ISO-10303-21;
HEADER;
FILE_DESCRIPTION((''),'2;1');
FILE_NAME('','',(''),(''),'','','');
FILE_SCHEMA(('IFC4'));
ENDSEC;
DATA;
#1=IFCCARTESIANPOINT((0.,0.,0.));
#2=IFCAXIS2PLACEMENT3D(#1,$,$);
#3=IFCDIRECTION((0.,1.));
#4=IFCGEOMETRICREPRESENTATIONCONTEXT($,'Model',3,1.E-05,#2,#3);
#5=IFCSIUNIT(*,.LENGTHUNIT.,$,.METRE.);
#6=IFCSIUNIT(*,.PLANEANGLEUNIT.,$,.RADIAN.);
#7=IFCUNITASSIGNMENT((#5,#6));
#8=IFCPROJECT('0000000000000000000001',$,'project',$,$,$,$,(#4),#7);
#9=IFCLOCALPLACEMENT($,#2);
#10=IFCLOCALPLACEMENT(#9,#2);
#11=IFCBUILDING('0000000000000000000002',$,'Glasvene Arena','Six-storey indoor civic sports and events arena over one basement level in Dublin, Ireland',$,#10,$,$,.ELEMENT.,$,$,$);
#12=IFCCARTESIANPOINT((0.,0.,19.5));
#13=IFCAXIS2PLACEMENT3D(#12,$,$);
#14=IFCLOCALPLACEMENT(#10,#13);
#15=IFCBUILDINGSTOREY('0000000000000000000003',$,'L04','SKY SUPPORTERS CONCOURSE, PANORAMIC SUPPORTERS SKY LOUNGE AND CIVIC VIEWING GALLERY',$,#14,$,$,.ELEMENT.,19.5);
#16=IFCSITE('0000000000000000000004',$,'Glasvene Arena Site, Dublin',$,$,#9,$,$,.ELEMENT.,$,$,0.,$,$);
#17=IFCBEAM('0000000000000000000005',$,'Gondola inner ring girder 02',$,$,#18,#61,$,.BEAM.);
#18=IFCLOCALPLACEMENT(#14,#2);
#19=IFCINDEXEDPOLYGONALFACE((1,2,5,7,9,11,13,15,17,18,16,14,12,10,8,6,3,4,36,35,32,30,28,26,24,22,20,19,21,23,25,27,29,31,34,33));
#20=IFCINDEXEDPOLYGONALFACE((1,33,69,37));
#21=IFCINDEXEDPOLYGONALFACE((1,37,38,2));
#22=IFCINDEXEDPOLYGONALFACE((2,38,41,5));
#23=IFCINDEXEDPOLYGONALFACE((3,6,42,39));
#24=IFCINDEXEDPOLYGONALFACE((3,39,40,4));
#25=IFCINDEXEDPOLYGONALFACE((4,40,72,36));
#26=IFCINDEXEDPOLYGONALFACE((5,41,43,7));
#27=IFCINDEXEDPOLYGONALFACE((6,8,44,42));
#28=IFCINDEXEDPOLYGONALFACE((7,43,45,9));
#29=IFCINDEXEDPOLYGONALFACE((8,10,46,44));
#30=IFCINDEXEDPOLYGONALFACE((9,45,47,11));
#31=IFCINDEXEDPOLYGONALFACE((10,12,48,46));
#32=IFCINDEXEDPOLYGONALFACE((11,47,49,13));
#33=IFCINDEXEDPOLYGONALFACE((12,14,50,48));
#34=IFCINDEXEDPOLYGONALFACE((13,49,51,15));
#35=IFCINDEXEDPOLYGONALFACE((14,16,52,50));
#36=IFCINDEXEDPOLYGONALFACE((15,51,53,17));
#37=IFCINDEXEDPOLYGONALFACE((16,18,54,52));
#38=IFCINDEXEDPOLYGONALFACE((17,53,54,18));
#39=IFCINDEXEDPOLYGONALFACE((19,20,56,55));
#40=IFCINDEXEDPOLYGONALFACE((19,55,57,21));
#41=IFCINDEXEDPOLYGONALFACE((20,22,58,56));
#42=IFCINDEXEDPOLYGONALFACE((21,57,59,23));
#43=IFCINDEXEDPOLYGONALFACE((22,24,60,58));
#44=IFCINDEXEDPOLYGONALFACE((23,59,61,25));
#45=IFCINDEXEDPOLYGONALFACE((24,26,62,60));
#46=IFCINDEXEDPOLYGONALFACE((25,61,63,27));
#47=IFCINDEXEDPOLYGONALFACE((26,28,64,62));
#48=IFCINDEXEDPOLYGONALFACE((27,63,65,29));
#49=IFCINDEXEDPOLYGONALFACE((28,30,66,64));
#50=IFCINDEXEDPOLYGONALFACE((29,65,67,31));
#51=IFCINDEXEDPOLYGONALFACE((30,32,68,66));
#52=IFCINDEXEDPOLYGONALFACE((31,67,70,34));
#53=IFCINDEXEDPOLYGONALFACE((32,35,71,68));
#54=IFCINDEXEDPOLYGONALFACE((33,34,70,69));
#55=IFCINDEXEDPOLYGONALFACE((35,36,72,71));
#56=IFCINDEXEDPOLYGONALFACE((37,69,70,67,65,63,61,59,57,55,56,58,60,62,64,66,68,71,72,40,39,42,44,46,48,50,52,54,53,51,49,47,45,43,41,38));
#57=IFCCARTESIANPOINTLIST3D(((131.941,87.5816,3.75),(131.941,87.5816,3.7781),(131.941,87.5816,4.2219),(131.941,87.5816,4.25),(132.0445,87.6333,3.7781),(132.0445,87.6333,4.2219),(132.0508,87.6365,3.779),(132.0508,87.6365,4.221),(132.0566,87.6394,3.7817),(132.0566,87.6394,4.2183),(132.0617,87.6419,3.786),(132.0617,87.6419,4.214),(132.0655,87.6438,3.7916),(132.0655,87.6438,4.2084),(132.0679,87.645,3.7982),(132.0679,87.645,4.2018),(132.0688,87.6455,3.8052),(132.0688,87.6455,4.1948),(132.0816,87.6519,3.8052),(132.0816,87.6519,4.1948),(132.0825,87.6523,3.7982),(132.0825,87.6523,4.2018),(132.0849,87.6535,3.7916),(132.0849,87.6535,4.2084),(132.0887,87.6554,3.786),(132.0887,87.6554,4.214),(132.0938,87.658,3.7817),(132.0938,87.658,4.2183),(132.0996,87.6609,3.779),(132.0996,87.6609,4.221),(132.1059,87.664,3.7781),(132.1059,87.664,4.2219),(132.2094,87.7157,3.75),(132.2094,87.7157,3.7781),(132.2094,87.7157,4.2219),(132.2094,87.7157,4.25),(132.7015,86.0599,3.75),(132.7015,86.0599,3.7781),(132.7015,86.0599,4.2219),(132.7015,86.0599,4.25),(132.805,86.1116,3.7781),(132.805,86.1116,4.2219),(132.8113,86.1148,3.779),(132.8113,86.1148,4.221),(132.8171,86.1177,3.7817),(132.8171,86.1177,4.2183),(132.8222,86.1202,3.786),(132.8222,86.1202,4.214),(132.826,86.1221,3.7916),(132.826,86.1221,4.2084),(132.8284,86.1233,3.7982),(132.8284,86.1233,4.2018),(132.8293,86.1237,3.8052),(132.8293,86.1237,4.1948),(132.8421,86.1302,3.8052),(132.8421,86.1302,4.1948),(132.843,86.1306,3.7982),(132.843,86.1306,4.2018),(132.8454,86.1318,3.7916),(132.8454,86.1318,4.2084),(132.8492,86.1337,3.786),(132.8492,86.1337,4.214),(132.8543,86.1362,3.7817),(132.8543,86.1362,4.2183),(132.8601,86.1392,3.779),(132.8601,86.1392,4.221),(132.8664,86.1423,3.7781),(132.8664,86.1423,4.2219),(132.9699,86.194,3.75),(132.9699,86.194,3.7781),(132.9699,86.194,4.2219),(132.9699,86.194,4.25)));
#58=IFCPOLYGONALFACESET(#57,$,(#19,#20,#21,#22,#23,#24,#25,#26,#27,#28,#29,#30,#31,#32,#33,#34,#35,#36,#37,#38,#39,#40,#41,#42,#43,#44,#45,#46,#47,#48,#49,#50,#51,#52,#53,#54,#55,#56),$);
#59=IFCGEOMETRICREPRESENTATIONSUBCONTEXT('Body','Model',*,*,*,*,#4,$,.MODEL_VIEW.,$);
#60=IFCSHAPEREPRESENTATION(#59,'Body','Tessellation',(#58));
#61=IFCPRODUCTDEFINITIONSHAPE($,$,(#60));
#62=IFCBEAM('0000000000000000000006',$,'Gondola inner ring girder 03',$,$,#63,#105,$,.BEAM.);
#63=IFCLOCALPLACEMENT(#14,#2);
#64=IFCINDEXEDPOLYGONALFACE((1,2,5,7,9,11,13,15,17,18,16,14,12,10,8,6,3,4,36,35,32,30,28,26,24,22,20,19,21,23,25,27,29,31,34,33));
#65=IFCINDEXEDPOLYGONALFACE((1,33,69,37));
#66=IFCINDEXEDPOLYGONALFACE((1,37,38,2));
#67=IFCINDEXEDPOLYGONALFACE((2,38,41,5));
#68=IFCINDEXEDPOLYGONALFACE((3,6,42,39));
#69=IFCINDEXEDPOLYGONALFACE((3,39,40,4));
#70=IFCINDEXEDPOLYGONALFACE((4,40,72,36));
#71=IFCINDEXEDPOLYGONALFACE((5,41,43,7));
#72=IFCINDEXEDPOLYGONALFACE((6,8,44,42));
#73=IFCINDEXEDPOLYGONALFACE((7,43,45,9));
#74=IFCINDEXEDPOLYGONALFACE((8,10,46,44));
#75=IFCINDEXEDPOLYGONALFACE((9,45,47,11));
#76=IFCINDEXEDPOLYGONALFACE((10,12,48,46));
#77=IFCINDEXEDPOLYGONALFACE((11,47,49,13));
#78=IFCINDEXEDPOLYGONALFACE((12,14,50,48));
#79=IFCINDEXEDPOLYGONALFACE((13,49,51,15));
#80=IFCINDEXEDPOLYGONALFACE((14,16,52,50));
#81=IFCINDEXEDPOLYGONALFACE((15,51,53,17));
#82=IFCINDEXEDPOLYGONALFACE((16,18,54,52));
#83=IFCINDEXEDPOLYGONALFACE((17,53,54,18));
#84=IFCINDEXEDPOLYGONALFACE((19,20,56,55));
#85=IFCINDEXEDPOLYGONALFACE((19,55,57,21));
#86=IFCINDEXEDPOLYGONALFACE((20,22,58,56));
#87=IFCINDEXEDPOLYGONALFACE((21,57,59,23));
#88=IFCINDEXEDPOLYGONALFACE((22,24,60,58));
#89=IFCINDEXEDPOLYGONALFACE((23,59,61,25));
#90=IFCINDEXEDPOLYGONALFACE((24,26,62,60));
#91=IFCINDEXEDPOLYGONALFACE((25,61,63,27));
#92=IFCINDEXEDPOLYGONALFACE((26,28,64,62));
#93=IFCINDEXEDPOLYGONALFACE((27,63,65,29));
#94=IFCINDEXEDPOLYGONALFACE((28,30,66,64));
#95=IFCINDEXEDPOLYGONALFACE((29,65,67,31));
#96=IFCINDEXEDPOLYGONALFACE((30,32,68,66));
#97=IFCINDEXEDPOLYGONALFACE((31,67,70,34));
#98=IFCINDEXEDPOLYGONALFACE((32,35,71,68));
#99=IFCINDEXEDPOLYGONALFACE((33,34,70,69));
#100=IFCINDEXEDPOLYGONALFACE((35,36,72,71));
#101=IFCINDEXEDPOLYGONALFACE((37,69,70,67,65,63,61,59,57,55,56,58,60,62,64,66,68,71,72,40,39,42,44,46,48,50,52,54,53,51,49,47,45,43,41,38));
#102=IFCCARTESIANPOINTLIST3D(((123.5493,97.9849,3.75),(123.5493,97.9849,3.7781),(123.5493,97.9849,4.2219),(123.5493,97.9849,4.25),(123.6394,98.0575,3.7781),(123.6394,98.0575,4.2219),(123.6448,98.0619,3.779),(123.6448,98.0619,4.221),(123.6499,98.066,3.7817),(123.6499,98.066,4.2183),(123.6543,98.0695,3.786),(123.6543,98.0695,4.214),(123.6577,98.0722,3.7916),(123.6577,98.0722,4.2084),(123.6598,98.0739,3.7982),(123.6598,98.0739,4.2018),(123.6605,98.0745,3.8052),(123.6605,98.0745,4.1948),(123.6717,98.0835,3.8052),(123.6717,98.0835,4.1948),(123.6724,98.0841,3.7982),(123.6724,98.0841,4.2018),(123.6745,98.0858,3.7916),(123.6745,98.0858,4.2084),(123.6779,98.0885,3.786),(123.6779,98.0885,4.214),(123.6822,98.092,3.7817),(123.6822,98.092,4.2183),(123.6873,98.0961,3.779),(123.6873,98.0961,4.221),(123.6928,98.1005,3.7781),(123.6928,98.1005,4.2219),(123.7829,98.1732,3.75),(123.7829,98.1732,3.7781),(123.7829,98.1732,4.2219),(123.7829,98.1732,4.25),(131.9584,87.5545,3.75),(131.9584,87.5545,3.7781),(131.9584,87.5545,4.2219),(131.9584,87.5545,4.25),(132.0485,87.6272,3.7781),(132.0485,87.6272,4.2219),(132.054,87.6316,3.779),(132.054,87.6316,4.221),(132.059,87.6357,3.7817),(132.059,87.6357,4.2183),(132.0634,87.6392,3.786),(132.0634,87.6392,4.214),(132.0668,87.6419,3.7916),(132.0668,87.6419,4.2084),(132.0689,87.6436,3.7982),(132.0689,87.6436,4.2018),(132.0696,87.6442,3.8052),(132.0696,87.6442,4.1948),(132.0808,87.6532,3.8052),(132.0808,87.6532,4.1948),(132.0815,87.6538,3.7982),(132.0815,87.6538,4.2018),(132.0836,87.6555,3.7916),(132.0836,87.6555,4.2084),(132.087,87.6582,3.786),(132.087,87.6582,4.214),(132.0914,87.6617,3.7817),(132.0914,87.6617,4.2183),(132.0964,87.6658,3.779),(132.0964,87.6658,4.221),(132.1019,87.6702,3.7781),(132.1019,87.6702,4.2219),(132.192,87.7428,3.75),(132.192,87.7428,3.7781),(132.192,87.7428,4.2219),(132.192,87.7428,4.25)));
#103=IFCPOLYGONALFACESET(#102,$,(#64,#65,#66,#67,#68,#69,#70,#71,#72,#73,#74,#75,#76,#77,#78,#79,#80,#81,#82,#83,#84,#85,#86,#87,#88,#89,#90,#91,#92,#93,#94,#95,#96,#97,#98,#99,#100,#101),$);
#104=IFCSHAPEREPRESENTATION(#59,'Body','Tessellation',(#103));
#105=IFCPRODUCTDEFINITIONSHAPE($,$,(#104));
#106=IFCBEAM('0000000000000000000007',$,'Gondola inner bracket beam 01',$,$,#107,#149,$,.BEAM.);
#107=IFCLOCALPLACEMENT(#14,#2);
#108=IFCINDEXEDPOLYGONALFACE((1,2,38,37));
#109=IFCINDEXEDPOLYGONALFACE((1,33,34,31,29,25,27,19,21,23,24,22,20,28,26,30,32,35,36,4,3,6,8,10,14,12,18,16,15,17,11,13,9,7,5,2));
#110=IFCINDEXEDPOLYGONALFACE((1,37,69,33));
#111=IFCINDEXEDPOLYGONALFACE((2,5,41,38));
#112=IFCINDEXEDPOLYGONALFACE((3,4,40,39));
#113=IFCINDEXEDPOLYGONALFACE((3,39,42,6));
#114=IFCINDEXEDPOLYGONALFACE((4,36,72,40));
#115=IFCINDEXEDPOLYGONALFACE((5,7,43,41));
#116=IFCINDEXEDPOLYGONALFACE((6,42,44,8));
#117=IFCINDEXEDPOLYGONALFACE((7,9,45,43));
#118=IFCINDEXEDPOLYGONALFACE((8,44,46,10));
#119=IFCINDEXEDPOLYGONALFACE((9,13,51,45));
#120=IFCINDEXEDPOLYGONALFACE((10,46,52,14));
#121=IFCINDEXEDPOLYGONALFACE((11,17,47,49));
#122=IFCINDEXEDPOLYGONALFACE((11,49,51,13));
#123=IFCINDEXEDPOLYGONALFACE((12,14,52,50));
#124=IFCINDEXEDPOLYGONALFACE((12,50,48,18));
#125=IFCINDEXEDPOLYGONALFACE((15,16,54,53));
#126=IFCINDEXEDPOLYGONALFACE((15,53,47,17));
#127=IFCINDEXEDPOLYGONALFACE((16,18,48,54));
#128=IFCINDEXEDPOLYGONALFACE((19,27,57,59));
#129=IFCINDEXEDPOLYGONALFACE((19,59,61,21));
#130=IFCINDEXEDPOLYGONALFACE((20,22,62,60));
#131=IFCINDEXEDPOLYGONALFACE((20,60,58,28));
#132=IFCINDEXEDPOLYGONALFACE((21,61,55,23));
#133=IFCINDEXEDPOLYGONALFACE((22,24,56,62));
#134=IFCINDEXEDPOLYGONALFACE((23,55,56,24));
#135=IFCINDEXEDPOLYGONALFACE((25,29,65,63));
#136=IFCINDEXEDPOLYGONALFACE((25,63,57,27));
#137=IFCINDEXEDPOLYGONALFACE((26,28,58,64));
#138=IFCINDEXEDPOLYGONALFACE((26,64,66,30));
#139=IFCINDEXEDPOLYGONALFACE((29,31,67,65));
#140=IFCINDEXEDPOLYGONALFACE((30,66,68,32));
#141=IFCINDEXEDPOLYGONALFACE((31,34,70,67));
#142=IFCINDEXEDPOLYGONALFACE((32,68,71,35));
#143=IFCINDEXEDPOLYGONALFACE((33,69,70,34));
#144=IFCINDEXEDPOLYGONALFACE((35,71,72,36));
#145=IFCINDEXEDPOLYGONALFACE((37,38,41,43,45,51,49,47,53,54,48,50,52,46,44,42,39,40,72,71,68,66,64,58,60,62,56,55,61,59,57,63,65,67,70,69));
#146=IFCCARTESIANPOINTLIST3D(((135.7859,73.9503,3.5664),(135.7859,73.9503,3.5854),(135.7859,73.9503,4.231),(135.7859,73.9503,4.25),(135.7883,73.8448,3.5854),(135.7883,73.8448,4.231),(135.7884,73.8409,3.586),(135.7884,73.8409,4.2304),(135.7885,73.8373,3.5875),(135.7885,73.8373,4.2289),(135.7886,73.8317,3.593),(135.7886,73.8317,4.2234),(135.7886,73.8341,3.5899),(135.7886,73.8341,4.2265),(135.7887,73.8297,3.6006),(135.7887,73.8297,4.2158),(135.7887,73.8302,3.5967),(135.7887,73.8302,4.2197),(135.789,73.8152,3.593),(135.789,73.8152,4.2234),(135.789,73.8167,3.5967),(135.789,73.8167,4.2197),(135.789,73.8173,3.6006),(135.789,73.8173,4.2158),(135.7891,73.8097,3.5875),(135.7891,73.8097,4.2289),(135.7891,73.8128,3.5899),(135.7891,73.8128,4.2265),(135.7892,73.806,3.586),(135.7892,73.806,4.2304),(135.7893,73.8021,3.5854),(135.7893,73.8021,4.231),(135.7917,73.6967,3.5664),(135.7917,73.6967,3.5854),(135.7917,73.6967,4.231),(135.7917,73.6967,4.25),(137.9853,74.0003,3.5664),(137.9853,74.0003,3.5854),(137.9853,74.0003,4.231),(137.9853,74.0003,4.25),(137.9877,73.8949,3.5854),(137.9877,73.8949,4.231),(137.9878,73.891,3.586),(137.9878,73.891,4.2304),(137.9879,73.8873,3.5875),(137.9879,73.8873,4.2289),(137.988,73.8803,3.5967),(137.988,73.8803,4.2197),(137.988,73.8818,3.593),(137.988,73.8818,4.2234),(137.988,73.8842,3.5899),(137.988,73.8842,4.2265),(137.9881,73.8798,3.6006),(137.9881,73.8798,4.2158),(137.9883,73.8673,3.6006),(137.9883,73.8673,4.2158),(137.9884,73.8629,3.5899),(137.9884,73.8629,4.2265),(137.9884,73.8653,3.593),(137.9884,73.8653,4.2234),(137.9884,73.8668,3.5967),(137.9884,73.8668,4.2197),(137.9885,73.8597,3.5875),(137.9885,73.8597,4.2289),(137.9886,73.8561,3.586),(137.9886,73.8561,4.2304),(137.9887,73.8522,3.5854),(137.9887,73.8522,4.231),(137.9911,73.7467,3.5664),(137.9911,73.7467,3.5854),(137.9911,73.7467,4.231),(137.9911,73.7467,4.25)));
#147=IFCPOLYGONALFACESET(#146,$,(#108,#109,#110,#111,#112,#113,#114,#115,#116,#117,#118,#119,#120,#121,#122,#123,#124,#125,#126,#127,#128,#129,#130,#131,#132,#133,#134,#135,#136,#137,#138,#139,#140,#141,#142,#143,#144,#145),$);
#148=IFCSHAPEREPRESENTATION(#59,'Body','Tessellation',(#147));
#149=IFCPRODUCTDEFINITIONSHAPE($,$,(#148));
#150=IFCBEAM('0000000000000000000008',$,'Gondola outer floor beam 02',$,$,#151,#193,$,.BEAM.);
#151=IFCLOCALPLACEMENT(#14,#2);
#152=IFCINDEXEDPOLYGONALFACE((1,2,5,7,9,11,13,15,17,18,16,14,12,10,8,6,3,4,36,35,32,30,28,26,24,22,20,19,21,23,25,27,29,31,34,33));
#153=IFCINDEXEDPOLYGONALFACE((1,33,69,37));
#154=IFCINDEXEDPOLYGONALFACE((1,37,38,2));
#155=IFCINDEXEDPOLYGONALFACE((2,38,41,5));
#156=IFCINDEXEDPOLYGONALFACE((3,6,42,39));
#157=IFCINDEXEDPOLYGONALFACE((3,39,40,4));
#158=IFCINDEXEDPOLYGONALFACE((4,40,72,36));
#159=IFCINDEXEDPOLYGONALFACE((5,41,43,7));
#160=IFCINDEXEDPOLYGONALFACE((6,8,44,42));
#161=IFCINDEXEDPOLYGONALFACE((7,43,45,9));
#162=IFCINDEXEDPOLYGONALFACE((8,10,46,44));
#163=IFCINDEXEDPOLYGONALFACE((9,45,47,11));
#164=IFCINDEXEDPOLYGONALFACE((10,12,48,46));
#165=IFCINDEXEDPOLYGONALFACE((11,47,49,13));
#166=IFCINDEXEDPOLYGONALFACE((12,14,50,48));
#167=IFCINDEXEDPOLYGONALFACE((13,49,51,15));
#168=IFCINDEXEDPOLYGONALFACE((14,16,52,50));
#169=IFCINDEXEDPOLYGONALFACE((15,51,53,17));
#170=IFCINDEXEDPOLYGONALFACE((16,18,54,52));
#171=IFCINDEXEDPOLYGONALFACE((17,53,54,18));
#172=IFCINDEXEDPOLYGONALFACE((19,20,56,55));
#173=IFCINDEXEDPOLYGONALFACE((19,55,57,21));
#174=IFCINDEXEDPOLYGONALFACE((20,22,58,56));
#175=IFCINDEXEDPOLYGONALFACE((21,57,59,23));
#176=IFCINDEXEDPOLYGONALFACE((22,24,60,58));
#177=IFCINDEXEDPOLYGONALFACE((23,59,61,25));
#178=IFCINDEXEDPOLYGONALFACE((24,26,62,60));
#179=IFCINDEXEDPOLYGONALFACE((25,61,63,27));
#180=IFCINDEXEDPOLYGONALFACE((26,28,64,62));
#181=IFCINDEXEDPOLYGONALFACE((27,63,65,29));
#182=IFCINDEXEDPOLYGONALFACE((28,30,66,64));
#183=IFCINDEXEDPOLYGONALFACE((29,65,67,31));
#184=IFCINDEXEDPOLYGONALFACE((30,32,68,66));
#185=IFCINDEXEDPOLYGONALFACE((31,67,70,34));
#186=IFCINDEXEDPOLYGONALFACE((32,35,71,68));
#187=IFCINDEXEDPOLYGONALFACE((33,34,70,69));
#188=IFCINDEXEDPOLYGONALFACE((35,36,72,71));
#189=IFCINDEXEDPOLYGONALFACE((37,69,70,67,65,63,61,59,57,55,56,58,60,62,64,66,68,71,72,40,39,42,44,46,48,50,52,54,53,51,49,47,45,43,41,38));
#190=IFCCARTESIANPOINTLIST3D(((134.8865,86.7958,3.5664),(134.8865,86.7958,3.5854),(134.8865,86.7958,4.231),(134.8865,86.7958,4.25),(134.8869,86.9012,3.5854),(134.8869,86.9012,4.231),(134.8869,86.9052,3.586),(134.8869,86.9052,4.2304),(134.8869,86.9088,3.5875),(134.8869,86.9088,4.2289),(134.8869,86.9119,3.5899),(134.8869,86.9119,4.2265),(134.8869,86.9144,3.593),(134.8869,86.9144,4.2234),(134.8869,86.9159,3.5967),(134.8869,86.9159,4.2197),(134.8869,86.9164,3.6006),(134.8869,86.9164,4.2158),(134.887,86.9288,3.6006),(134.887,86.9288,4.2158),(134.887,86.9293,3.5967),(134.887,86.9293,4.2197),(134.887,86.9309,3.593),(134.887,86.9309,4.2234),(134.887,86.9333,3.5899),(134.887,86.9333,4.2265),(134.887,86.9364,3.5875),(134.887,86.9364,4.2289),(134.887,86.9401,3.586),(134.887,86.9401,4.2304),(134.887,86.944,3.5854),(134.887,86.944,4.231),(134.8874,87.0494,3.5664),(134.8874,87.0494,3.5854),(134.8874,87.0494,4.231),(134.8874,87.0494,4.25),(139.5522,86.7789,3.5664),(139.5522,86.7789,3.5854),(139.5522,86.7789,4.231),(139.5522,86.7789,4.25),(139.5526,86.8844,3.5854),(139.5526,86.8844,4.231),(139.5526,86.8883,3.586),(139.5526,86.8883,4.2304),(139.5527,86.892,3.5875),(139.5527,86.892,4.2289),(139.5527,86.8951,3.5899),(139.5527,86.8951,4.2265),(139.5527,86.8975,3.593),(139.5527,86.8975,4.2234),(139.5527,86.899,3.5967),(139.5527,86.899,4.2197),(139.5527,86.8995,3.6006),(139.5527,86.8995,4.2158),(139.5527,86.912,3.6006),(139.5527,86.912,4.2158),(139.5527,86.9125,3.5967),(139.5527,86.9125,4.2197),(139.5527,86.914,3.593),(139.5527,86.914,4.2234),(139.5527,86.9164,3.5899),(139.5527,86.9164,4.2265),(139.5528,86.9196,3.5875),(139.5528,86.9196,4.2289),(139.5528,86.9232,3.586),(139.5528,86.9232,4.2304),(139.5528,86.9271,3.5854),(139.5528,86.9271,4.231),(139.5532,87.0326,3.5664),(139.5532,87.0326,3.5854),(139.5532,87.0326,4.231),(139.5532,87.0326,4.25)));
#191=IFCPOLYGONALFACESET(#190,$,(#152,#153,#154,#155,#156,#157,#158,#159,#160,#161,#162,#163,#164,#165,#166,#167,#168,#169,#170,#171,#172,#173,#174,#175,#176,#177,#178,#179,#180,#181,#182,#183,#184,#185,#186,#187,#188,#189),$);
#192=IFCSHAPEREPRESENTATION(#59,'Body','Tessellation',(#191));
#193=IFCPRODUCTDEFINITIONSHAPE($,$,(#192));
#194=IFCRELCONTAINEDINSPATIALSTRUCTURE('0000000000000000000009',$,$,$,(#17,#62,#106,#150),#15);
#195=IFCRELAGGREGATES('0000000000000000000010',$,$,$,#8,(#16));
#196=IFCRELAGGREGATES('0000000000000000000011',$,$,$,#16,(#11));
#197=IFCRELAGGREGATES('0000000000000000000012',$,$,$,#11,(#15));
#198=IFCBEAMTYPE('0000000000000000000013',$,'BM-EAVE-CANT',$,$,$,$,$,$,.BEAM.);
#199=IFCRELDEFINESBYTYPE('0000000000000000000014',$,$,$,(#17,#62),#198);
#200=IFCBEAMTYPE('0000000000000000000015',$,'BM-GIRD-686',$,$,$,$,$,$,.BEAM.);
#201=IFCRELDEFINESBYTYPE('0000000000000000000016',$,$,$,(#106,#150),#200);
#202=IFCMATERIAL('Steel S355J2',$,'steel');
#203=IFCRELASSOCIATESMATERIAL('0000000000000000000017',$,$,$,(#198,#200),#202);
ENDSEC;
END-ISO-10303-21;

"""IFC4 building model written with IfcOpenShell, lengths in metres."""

from ifc_helpers import new_model, si_unit, direction, frame, origin, origin_2d, place, context, subcontext, project, spatial, i_section, extrude, material, material_profile, profile_set, type_object, element, save


model = new_model("IFC4")

# Units and contexts
model_context = context("Model", 3, precision=1e-05, world=origin(), true_north=direction((0.0, 1.0)))
body_context = subcontext(model_context, "Body", "Model", "MODEL_VIEW")
ifc_project = project(units=[si_unit("LENGTHUNIT", "METRE"), si_unit("PLANEANGLEUNIT", "RADIAN")], contexts=[model_context])

# Site, building, storey
site_placement = place(None, origin())
site = spatial("IfcSite", under=ifc_project, at=site_placement, Name="Glasvene Arena Site, Dublin", CompositionType="ELEMENT", RefElevation=0.0)
building_placement = place(site_placement, origin())
building = spatial("IfcBuilding", under=site, at=building_placement, Name="Glasvene Arena", Description="Six-storey indoor civic sports and events arena over one basement level in Dublin, Ireland", CompositionType="ELEMENT")
storey_placement = place(building_placement, frame((0.0, 0.0, 19.5)))
storey = spatial("IfcBuildingStorey", under=building, at=storey_placement, Name="L04", Description="SKY SUPPORTERS CONCOURSE, PANORAMIC SUPPORTERS SKY LOUNGE AND CIVIC VIEWING GALLERY", CompositionType="ELEMENT", Elevation=19.5)

# Shared definitions
ifc_material_1 = material(Name="Steel S355J2", Category="steel")

# Beams
ifc_material_profile_1 = material_profile(ifc_material_1, i_section(OverallWidth=0.3, OverallDepth=0.5, WebThickness=0.0144, FlangeThickness=0.0281, FilletRadius=0.0271, at=origin_2d()), Name="HEB 500")
ifc_profile_set_1 = profile_set([ifc_material_profile_1], Name="Steel S355J2")
beam_type_1 = type_object("IfcBeamType", Name="BM-EAVE-CANT", PredefinedType="BEAM", material=ifc_profile_set_1)
beam_1_placement = place(storey_placement, frame((132.8357, 86.127, 4.0), z_axis=(-0.447041, 0.894513, 0.0), x_axis=(-0.894513, -0.447041, 0.0)))
element("IfcBeam", 1, at=beam_1_placement, inside=storey, type_object=beam_type_1, Name="Gondola inner ring girder 02", PredefinedType="BEAM", context=body_context, shape_type="SweptSolid", body=[
    extrude(i_section(OverallWidth=0.3, OverallDepth=0.5, WebThickness=0.0144, FlangeThickness=0.0281, FilletRadius=0.0271, at=origin_2d()), origin(), (0.0, 0.0, 1.0), 1.7012),
])
beam_2_placement = place(storey_placement, frame((132.0752, 87.6487, 4.0), z_axis=(-0.627642, 0.778502, 0.0), x_axis=(-0.778502, -0.627642, 0.0)))
element("IfcBeam", 2, at=beam_2_placement, inside=storey, type_object=beam_type_1, Name="Gondola inner ring girder 03", PredefinedType="BEAM", context=body_context, shape_type="SweptSolid", body=[
    extrude(i_section(OverallWidth=0.3, OverallDepth=0.5, WebThickness=0.0144, FlangeThickness=0.0281, FilletRadius=0.0271, at=origin_2d()), origin(), (0.0, 0.0, 1.0), 13.3979),
])
ifc_material_profile_2 = material_profile(ifc_material_1, i_section(OverallWidth=0.2537, OverallDepth=0.6836, WebThickness=0.0125, FlangeThickness=0.019, FilletRadius=0.0151, at=origin_2d()), Name="UKB 686x254x140")
ifc_profile_set_2 = profile_set([ifc_material_profile_2], Name="Steel S355J2")
beam_type_2 = type_object("IfcBeamType", Name="BM-GIRD-686", PredefinedType="BEAM", material=ifc_profile_set_2)
beam_3_placement = place(storey_placement, frame((135.7888, 73.8235, 3.9082), z_axis=(0.999741, 0.022749, 0.0), x_axis=(-0.022749, 0.999741, 0.0)))
element("IfcBeam", 3, at=beam_3_placement, inside=storey, type_object=beam_type_2, Name="Gondola inner bracket beam 01", PredefinedType="BEAM", context=body_context, shape_type="SweptSolid", body=[
    extrude(i_section(OverallWidth=0.2537, OverallDepth=0.6836, WebThickness=0.0125, FlangeThickness=0.019, FilletRadius=0.0151, at=origin_2d()), origin(), (0.0, 0.0, 1.0), 2.2),
])
beam_4_placement = place(storey_placement, frame((134.887, 86.9226, 3.9082), z_axis=(0.999993, -0.00361, 0.0), x_axis=(0.00361, 0.999993, 0.0)))
element("IfcBeam", 4, at=beam_4_placement, inside=storey, type_object=beam_type_2, Name="Gondola outer floor beam 02", PredefinedType="BEAM", context=body_context, shape_type="SweptSolid", body=[
    extrude(i_section(OverallWidth=0.2537, OverallDepth=0.6836, WebThickness=0.0125, FlangeThickness=0.019, FilletRadius=0.0151, at=origin_2d()), origin(), (0.0, 0.0, 1.0), 4.6658),
])

save(model, "model.ifc")
